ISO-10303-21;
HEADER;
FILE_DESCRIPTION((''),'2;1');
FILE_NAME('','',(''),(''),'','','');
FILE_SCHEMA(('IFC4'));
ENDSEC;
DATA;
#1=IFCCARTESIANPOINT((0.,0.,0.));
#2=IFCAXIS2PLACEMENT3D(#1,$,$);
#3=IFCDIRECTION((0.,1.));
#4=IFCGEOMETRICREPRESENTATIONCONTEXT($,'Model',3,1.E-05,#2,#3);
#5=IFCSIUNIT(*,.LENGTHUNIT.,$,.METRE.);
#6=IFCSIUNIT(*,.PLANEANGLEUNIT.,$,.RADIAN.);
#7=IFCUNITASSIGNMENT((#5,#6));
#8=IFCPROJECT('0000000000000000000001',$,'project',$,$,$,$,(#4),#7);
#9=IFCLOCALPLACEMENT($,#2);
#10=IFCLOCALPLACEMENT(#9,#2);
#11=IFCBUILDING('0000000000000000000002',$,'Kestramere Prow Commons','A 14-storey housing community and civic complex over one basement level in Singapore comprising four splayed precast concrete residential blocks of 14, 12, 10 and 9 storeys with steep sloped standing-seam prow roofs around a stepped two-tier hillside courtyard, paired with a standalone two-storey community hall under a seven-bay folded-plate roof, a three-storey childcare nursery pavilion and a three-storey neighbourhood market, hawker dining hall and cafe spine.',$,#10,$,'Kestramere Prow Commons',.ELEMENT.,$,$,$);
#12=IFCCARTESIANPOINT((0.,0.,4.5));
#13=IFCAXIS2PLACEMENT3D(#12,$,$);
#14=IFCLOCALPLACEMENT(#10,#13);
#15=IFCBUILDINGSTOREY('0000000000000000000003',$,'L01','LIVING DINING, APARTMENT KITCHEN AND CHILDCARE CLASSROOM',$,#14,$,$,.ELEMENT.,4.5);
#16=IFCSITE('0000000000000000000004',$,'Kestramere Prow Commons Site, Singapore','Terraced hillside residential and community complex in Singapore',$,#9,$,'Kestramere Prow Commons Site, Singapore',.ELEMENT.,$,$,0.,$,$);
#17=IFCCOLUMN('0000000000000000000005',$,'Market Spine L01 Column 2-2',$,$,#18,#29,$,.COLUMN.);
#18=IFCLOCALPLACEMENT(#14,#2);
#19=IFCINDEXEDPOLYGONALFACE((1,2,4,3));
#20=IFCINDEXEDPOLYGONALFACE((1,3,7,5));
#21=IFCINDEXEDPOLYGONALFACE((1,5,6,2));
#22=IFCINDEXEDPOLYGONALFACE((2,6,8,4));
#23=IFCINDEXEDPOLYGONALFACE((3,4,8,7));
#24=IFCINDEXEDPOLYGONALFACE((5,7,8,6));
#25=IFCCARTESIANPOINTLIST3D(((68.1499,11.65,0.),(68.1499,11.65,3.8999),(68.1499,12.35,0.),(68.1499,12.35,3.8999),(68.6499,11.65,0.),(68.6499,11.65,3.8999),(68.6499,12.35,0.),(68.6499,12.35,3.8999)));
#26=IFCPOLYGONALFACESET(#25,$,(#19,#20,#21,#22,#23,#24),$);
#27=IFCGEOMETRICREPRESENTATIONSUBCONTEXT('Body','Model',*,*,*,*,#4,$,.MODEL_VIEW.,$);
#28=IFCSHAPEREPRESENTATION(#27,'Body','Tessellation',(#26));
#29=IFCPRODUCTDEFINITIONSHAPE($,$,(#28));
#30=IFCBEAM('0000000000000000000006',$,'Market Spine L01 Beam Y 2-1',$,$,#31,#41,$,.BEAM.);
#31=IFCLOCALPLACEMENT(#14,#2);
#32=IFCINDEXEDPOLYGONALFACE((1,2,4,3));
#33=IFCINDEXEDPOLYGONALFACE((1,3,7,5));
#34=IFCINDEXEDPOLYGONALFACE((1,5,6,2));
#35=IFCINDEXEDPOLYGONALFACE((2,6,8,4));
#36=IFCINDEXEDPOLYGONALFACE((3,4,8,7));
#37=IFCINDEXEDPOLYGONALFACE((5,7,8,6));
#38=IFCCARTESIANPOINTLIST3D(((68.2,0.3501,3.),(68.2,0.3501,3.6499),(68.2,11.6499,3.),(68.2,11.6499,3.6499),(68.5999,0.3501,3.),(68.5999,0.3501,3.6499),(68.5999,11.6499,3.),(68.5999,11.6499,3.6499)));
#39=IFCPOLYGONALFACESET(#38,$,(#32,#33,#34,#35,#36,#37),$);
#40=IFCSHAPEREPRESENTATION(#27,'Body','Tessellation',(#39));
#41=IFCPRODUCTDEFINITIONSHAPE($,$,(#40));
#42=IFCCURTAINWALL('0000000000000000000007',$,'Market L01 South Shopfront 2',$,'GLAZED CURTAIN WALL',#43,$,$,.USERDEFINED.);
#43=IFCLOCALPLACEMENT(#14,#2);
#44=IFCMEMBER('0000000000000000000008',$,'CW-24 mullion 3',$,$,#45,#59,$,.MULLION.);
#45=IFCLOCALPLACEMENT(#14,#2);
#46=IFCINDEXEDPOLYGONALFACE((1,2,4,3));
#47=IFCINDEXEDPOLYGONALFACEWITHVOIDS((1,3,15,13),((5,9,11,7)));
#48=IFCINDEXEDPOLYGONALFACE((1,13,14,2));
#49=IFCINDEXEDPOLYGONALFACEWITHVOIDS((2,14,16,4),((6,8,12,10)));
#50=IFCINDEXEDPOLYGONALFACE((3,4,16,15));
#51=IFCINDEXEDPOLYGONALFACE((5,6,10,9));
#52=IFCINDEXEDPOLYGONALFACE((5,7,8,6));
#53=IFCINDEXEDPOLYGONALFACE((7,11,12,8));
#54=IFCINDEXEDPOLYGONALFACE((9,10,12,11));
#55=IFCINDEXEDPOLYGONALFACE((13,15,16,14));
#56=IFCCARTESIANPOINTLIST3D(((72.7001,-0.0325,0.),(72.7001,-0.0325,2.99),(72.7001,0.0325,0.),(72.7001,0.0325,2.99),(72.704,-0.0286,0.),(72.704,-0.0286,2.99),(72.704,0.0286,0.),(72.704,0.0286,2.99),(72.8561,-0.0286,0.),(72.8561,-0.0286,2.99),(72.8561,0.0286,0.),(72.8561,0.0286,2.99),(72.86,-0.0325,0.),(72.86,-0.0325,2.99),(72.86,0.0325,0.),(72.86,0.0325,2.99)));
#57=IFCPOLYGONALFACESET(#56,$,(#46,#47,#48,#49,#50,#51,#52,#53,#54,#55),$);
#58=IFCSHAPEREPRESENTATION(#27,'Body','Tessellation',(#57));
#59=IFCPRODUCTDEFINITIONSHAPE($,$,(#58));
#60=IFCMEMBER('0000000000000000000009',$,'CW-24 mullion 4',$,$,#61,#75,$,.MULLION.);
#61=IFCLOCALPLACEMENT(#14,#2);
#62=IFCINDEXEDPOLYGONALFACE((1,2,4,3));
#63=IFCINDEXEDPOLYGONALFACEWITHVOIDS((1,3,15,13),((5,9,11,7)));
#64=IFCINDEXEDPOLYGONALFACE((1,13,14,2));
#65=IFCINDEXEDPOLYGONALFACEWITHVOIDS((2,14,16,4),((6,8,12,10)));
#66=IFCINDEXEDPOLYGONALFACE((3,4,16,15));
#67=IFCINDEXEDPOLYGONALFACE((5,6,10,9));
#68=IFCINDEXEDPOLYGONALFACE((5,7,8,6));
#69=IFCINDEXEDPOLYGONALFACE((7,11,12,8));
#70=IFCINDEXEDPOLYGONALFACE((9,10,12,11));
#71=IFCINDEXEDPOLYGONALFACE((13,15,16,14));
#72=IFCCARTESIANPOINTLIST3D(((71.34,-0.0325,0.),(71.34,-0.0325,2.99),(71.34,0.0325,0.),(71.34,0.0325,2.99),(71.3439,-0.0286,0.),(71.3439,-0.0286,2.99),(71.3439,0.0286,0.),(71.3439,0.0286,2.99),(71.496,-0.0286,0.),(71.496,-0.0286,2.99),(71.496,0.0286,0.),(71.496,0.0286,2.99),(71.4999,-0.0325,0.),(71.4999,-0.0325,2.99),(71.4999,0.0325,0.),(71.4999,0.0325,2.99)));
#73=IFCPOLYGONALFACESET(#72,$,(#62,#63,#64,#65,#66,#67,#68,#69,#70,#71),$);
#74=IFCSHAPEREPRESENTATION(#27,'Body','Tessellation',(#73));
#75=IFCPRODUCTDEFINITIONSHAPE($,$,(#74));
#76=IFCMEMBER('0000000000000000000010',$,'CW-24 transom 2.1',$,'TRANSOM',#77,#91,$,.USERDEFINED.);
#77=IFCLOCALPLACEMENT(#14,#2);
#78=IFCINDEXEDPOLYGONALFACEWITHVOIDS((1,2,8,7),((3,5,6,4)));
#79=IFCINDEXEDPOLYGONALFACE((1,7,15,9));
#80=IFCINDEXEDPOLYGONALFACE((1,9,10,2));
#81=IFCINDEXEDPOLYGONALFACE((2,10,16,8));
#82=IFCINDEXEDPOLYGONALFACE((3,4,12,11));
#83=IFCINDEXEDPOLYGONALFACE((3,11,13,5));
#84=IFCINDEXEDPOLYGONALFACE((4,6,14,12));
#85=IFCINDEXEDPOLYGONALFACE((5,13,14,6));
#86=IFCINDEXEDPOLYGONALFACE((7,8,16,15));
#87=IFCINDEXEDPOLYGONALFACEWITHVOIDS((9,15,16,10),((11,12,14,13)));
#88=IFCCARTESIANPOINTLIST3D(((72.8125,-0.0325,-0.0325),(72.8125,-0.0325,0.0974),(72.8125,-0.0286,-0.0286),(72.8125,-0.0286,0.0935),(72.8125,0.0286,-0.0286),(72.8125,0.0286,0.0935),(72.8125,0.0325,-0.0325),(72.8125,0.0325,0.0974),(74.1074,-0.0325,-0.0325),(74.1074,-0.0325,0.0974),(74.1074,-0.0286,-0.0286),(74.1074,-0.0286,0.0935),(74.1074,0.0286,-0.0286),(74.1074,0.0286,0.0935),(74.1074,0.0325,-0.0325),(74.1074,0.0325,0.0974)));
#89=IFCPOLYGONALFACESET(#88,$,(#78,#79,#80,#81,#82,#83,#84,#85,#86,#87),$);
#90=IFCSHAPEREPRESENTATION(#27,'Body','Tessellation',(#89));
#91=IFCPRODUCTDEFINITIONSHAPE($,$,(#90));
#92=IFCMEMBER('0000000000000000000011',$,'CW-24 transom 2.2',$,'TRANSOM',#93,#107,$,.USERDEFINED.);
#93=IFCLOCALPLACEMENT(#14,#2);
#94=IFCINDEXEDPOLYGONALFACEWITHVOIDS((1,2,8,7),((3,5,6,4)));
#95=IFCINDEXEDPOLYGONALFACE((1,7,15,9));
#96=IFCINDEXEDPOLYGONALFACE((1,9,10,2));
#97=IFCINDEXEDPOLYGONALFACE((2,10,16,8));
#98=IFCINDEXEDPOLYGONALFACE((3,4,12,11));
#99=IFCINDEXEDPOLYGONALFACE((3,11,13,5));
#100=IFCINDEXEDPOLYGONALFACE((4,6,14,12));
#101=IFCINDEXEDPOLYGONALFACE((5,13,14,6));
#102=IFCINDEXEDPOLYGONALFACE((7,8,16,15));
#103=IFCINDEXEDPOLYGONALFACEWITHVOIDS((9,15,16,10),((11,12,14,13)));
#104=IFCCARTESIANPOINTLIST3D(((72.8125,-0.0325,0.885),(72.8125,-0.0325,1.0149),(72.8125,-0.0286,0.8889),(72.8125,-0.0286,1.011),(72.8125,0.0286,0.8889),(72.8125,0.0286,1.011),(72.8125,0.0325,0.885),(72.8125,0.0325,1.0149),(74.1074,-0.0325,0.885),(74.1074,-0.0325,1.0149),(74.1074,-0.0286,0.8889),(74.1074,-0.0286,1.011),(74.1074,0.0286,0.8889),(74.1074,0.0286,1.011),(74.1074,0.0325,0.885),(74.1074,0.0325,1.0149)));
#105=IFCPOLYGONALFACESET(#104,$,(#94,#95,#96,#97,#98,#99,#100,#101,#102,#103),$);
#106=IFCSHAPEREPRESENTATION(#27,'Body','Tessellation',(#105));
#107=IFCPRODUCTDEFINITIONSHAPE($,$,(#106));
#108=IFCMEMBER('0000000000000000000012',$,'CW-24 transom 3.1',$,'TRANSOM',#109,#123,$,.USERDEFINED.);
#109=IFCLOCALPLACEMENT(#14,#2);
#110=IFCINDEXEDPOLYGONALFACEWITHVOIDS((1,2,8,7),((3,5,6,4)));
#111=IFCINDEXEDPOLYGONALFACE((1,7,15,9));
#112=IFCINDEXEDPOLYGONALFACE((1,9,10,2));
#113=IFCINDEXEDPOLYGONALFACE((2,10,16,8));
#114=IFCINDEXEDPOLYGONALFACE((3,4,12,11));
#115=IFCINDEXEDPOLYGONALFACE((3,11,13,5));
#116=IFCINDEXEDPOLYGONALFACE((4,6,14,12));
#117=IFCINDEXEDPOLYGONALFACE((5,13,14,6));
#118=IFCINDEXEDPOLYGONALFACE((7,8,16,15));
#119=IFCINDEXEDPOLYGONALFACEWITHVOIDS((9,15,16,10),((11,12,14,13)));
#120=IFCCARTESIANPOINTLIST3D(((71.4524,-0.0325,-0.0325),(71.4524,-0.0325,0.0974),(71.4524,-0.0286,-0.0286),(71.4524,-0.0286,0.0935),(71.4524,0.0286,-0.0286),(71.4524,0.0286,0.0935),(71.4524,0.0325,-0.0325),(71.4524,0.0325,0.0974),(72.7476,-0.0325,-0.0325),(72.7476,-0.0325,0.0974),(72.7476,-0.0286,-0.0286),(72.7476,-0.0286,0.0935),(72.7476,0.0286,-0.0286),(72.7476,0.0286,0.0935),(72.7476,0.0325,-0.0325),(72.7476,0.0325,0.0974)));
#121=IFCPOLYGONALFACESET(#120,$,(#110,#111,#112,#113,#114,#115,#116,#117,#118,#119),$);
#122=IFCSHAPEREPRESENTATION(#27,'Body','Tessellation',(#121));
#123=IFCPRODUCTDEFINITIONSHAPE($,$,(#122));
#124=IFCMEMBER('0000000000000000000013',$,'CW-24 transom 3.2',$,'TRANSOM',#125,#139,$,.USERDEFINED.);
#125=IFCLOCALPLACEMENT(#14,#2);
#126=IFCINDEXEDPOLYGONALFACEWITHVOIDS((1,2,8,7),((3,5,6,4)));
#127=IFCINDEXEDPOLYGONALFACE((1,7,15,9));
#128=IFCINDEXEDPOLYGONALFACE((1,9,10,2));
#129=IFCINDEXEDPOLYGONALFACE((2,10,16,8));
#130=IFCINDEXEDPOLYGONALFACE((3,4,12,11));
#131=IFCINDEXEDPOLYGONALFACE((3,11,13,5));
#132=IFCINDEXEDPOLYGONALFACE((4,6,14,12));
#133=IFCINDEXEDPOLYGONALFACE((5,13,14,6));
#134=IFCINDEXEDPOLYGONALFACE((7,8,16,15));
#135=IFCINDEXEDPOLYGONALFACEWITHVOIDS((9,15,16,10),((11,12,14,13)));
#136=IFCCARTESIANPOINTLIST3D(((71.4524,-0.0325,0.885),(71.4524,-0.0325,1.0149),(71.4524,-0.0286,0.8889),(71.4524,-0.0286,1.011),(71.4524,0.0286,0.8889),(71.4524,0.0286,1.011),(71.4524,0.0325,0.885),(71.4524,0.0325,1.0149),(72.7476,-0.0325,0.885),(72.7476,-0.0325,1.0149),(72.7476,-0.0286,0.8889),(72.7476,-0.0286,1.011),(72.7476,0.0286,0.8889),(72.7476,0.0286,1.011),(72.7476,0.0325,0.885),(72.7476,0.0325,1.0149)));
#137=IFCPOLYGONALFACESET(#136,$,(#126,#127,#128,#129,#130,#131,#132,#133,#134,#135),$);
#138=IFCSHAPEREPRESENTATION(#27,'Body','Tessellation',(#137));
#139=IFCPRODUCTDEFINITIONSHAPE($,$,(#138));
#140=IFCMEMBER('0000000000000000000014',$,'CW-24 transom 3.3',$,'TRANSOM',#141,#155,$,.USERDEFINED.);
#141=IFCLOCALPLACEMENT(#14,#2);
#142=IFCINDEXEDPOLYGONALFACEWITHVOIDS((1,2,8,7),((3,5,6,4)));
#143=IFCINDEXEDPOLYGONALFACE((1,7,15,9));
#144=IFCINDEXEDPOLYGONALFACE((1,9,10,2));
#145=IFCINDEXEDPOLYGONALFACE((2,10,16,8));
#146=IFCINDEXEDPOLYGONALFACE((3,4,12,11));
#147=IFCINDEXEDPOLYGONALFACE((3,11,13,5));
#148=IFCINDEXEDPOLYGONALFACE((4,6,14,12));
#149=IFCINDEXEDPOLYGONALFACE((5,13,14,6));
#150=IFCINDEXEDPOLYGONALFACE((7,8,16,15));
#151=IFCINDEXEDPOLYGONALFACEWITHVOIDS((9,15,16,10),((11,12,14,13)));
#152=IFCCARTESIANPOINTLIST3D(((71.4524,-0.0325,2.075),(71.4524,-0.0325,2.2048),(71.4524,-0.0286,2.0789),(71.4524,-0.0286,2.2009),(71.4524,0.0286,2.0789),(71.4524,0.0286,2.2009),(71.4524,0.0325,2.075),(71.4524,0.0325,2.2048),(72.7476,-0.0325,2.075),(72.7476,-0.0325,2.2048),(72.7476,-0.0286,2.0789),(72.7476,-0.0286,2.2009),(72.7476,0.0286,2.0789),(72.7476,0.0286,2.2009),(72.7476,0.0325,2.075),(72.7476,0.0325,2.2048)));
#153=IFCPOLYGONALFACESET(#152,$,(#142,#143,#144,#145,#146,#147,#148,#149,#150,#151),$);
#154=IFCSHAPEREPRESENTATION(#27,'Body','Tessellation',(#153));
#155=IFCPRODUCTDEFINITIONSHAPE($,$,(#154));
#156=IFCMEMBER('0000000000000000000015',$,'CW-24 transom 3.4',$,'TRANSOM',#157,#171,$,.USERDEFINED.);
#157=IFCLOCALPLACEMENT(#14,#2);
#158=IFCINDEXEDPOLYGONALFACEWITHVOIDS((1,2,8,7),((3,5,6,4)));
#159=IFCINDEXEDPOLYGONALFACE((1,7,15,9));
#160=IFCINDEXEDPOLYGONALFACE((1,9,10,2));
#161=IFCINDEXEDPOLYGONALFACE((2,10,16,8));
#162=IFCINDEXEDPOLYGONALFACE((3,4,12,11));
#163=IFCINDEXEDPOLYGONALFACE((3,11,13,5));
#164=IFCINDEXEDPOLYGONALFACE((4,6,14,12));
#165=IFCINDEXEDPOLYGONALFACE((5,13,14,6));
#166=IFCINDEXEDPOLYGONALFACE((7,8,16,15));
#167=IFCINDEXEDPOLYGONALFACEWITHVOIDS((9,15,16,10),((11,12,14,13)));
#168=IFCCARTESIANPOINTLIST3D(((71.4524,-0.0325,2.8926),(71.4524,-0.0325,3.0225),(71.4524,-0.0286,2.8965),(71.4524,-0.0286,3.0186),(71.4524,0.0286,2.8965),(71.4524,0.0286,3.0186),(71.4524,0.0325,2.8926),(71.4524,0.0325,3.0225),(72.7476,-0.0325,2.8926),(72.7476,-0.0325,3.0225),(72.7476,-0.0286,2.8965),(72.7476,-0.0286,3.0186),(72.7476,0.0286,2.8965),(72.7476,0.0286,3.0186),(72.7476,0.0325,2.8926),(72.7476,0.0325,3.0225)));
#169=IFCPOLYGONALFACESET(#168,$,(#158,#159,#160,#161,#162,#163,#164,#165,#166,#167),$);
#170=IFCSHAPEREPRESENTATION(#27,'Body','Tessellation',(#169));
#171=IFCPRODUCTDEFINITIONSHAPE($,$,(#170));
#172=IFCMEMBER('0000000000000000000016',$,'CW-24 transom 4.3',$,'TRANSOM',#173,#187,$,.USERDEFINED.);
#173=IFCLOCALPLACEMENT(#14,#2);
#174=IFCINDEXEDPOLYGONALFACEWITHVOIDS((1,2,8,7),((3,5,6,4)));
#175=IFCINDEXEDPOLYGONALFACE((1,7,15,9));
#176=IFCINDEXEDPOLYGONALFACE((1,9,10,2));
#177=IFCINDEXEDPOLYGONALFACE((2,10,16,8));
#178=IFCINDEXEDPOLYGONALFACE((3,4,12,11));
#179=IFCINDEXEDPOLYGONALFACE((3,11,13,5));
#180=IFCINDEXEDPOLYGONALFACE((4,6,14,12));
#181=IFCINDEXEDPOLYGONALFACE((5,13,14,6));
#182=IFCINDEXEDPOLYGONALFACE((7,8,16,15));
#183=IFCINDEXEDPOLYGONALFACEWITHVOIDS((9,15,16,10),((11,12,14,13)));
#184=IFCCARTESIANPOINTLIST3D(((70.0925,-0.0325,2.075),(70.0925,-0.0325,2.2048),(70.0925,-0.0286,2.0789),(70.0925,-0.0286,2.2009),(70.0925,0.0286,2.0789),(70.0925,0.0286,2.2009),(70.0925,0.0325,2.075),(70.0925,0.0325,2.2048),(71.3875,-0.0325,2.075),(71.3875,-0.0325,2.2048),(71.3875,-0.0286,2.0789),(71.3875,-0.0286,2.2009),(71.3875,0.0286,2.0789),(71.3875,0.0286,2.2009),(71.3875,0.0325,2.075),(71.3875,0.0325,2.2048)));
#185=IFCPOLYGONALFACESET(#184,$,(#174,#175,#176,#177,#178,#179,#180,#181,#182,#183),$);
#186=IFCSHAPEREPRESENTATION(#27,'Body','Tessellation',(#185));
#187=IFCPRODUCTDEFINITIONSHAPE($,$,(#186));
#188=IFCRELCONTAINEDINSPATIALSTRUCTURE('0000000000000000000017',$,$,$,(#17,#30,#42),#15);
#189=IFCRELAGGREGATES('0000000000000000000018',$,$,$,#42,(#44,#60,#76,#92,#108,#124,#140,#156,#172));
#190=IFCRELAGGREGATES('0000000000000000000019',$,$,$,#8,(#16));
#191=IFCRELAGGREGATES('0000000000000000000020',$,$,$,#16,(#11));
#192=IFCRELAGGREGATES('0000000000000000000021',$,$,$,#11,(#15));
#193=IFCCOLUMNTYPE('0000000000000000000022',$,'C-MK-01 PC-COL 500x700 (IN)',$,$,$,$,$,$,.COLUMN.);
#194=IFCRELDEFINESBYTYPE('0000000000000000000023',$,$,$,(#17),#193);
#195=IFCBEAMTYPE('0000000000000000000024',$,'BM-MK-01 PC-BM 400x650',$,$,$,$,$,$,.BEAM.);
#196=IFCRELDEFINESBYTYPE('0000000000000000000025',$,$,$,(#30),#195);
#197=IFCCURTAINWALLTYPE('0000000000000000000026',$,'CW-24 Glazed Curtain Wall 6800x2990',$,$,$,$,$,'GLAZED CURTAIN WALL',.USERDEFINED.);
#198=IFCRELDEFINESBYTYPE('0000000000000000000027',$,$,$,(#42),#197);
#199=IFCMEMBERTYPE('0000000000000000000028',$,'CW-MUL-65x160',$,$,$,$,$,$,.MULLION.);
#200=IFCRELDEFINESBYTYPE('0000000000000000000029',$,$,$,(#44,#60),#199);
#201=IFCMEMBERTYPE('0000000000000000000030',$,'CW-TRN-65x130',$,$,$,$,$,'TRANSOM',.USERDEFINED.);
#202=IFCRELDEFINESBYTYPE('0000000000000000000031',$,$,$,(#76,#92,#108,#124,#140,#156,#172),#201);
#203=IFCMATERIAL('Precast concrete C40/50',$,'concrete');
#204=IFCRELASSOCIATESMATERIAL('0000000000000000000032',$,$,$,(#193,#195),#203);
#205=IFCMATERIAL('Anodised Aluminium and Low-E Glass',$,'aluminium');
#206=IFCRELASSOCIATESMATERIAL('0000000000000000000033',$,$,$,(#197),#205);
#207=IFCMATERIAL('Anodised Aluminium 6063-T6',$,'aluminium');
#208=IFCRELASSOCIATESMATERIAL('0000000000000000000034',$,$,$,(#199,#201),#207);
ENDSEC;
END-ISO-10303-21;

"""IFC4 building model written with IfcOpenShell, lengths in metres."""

from ifc_helpers import new_model, si_unit, direction, frame, origin, origin_2d, place, context, subcontext, project, spatial, rectangle, hollow_rectangle, extrude, material, material_profile, profile_set, type_object, element, aggregate, save


model = new_model("IFC4")

# Units and contexts
model_context = context("Model", 3, precision=1e-05, world=origin(), true_north=direction((0.0, 1.0)))
body_context = subcontext(model_context, "Body", "Model", "MODEL_VIEW")
ifc_project = project(units=[si_unit("LENGTHUNIT", "METRE"), si_unit("PLANEANGLEUNIT", "RADIAN")], contexts=[model_context])

# Site, building, storey
site_placement = place(None, origin())
site = spatial("IfcSite", under=ifc_project, at=site_placement, Name="Kestramere Prow Commons Site, Singapore", Description="Terraced hillside residential and community complex in Singapore", LongName="Kestramere Prow Commons Site, Singapore", CompositionType="ELEMENT", RefElevation=0.0)
building_placement = place(site_placement, origin())
building = spatial("IfcBuilding", under=site, at=building_placement, Name="Kestramere Prow Commons", Description="A 14-storey housing community and civic complex over one basement level in Singapore comprising four splayed precast concrete residential blocks of 14, 12, 10 and 9 storeys with steep sloped standing-seam prow roofs around a stepped two-tier hillside courtyard, paired with a standalone two-storey community hall under a seven-bay folded-plate roof, a three-storey childcare nursery pavilion and a three-storey neighbourhood market, hawker dining hall and cafe spine.", LongName="Kestramere Prow Commons", CompositionType="ELEMENT")
storey_placement = place(building_placement, frame((0.0, 0.0, 4.5)))
storey = spatial("IfcBuildingStorey", under=building, at=storey_placement, Name="L01", Description="LIVING DINING, APARTMENT KITCHEN AND CHILDCARE CLASSROOM", CompositionType="ELEMENT", Elevation=4.5)

# Column
ifc_material_1 = material(Name="Precast concrete C40/50", Category="concrete")
ifc_material_profile_1 = material_profile(ifc_material_1, rectangle(XDim=0.5, YDim=0.7, at=origin_2d()), Name="PC-COL 500x700")
ifc_profile_set_1 = profile_set([ifc_material_profile_1], Name="Precast concrete C40/50")
column_type = type_object("IfcColumnType", Name="C-MK-01 PC-COL 500x700 (IN)", PredefinedType="COLUMN", material=ifc_profile_set_1)
column_placement = place(storey_placement, frame((68.3999, 12.0, 0.0), z_axis=(0.0, 0.0, 1.0), x_axis=(1.0, 0.0, 0.0)))
element("IfcColumn", 1, at=column_placement, inside=storey, type_object=column_type, Name="Market Spine L01 Column 2-2", PredefinedType="COLUMN", context=body_context, shape_type="SweptSolid", body=[
    extrude(rectangle(XDim=0.5, YDim=0.7, at=origin_2d()), origin(), (0.0, 0.0, 1.0), 3.8999),
])

# Beam
ifc_material_profile_2 = material_profile(ifc_material_1, rectangle(XDim=0.3999, YDim=0.6499, at=origin_2d()), Name="PC-BM 400x650")
ifc_profile_set_2 = profile_set([ifc_material_profile_2], Name="Precast concrete C40/50")
beam_type_1 = type_object("IfcBeamType", Name="BM-MK-01 PC-BM 400x650", PredefinedType="BEAM", material=ifc_profile_set_2)
beam_placement = place(storey_placement, frame((68.3999, 0.3501, 3.325), z_axis=(0.0, 1.0, 0.0), x_axis=(-1.0, 0.0, 0.0)))
element("IfcBeam", 2, at=beam_placement, inside=storey, type_object=beam_type_1, Name="Market Spine L01 Beam Y 2-1", PredefinedType="BEAM", context=body_context, shape_type="SweptSolid", body=[
    extrude(rectangle(XDim=0.3999, YDim=0.6499, at=origin_2d()), origin(), (0.0, 0.0, 1.0), 11.2998),
])

# Curtain wall, members
ifc_material_2 = material(Name="Anodised Aluminium and Low-E Glass", Category="aluminium")
curtain_wall_type = type_object("IfcCurtainWallType", Name="CW-24 Glazed Curtain Wall 6800x2990", ElementType="GLAZED CURTAIN WALL", PredefinedType="USERDEFINED", material=ifc_material_2)
curtain_wall_placement = place(storey_placement, origin())
curtain_wall = element("IfcCurtainWall", 3, at=curtain_wall_placement, inside=storey, type_object=curtain_wall_type, Name="Market L01 South Shopfront 2", ObjectType="GLAZED CURTAIN WALL", PredefinedType="USERDEFINED")
ifc_material_3 = material(Name="Anodised Aluminium 6063-T6", Category="aluminium")
ifc_material_profile_3 = material_profile(ifc_material_3, hollow_rectangle(XDim=0.0649, YDim=0.1599, WallThickness=0.0039, at=origin_2d()), Name="ALU-MUL 65x160")
ifc_profile_set_3 = profile_set([ifc_material_profile_3], Name="Anodised Aluminium 6063-T6")
member_type_1 = type_object("IfcMemberType", Name="CW-MUL-65x160", PredefinedType="MULLION", material=ifc_profile_set_3)
member_1_placement = place(storey_placement, frame((72.78, 0.0, 0.0), z_axis=(0.0, 0.0, 1.0), x_axis=(0.0, -1.0, 0.0)))
member_1 = element("IfcMember", 4, at=member_1_placement, type_object=member_type_1, Name="CW-24 mullion 3", PredefinedType="MULLION", context=body_context, shape_type="SweptSolid", body=[
    extrude(hollow_rectangle(XDim=0.0649, YDim=0.1599, WallThickness=0.0039, at=origin_2d()), origin(), (0.0, 0.0, 1.0), 2.99),
])
member_2_placement = place(storey_placement, frame((71.4199, 0.0, 0.0), z_axis=(0.0, 0.0, 1.0), x_axis=(0.0, -1.0, 0.0)))
member_2 = element("IfcMember", 5, at=member_2_placement, type_object=member_type_1, Name="CW-24 mullion 4", PredefinedType="MULLION", context=body_context, shape_type="SweptSolid", body=[
    extrude(hollow_rectangle(XDim=0.0649, YDim=0.1599, WallThickness=0.0039, at=origin_2d()), origin(), (0.0, 0.0, 1.0), 2.99),
])
ifc_material_profile_4 = material_profile(ifc_material_3, hollow_rectangle(XDim=0.0649, YDim=0.1299, WallThickness=0.0039, at=origin_2d()), Name="ALU-TRN 65x130")
ifc_profile_set_4 = profile_set([ifc_material_profile_4], Name="Anodised Aluminium 6063-T6")
member_type_2 = type_object("IfcMemberType", Name="CW-TRN-65x130", ElementType="TRANSOM", PredefinedType="USERDEFINED", material=ifc_profile_set_4)
member_3_placement = place(storey_placement, frame((74.1074, 0.0, 0.0325), z_axis=(-1.0, 0.0, 0.0), x_axis=(0.0, -1.0, 0.0)))
member_3 = element("IfcMember", 6, at=member_3_placement, type_object=member_type_2, Name="CW-24 transom 2.1", ObjectType="TRANSOM", PredefinedType="USERDEFINED", context=body_context, shape_type="SweptSolid", body=[
    extrude(hollow_rectangle(XDim=0.0649, YDim=0.1299, WallThickness=0.0039, at=origin_2d()), origin(), (0.0, 0.0, 1.0), 1.2949),
])
member_4_placement = place(storey_placement, frame((74.1074, 0.0, 0.95), z_axis=(-1.0, 0.0, 0.0), x_axis=(0.0, -1.0, 0.0)))
member_4 = element("IfcMember", 7, at=member_4_placement, type_object=member_type_2, Name="CW-24 transom 2.2", ObjectType="TRANSOM", PredefinedType="USERDEFINED", context=body_context, shape_type="SweptSolid", body=[
    extrude(hollow_rectangle(XDim=0.0649, YDim=0.1299, WallThickness=0.0039, at=origin_2d()), origin(), (0.0, 0.0, 1.0), 1.2949),
])
member_5_placement = place(storey_placement, frame((72.7476, 0.0, 0.0325), z_axis=(-1.0, 0.0, 0.0), x_axis=(0.0, -1.0, 0.0)))
member_5 = element("IfcMember", 8, at=member_5_placement, type_object=member_type_2, Name="CW-24 transom 3.1", ObjectType="TRANSOM", PredefinedType="USERDEFINED", context=body_context, shape_type="SweptSolid", body=[
    extrude(hollow_rectangle(XDim=0.0649, YDim=0.1299, WallThickness=0.0039, at=origin_2d()), origin(), (0.0, 0.0, 1.0), 1.2952),
])
member_6_placement = place(storey_placement, frame((72.7476, 0.0, 0.95), z_axis=(-1.0, 0.0, 0.0), x_axis=(0.0, -1.0, 0.0)))
member_6 = element("IfcMember", 9, at=member_6_placement, type_object=member_type_2, Name="CW-24 transom 3.2", ObjectType="TRANSOM", PredefinedType="USERDEFINED", context=body_context, shape_type="SweptSolid", body=[
    extrude(hollow_rectangle(XDim=0.0649, YDim=0.1299, WallThickness=0.0039, at=origin_2d()), origin(), (0.0, 0.0, 1.0), 1.2952),
])
member_7_placement = place(storey_placement, frame((72.7476, 0.0, 2.1399), z_axis=(-1.0, 0.0, 0.0), x_axis=(0.0, -1.0, 0.0)))
member_7 = element("IfcMember", 10, at=member_7_placement, type_object=member_type_2, Name="CW-24 transom 3.3", ObjectType="TRANSOM", PredefinedType="USERDEFINED", context=body_context, shape_type="SweptSolid", body=[
    extrude(hollow_rectangle(XDim=0.0649, YDim=0.1299, WallThickness=0.0039, at=origin_2d()), origin(), (0.0, 0.0, 1.0), 1.2952),
])
member_8_placement = place(storey_placement, frame((72.7476, 0.0, 2.9575), z_axis=(-1.0, 0.0, 0.0), x_axis=(0.0, -1.0, 0.0)))
member_8 = element("IfcMember", 11, at=member_8_placement, type_object=member_type_2, Name="CW-24 transom 3.4", ObjectType="TRANSOM", PredefinedType="USERDEFINED", context=body_context, shape_type="SweptSolid", body=[
    extrude(hollow_rectangle(XDim=0.0649, YDim=0.1299, WallThickness=0.0039, at=origin_2d()), origin(), (0.0, 0.0, 1.0), 1.2952),
])
member_9_placement = place(storey_placement, frame((71.3875, 0.0, 2.1399), z_axis=(-1.0, 0.0, 0.0), x_axis=(0.0, -1.0, 0.0)))
member_9 = element("IfcMember", 12, at=member_9_placement, type_object=member_type_2, Name="CW-24 transom 4.3", ObjectType="TRANSOM", PredefinedType="USERDEFINED", context=body_context, shape_type="SweptSolid", body=[
    extrude(hollow_rectangle(XDim=0.0649, YDim=0.1299, WallThickness=0.0039, at=origin_2d()), origin(), (0.0, 0.0, 1.0), 1.2949),
])

aggregate(curtain_wall, [member_1, member_2, member_3, member_4, member_5, member_6, member_7, member_8, member_9])

save(model, "model.ifc")
